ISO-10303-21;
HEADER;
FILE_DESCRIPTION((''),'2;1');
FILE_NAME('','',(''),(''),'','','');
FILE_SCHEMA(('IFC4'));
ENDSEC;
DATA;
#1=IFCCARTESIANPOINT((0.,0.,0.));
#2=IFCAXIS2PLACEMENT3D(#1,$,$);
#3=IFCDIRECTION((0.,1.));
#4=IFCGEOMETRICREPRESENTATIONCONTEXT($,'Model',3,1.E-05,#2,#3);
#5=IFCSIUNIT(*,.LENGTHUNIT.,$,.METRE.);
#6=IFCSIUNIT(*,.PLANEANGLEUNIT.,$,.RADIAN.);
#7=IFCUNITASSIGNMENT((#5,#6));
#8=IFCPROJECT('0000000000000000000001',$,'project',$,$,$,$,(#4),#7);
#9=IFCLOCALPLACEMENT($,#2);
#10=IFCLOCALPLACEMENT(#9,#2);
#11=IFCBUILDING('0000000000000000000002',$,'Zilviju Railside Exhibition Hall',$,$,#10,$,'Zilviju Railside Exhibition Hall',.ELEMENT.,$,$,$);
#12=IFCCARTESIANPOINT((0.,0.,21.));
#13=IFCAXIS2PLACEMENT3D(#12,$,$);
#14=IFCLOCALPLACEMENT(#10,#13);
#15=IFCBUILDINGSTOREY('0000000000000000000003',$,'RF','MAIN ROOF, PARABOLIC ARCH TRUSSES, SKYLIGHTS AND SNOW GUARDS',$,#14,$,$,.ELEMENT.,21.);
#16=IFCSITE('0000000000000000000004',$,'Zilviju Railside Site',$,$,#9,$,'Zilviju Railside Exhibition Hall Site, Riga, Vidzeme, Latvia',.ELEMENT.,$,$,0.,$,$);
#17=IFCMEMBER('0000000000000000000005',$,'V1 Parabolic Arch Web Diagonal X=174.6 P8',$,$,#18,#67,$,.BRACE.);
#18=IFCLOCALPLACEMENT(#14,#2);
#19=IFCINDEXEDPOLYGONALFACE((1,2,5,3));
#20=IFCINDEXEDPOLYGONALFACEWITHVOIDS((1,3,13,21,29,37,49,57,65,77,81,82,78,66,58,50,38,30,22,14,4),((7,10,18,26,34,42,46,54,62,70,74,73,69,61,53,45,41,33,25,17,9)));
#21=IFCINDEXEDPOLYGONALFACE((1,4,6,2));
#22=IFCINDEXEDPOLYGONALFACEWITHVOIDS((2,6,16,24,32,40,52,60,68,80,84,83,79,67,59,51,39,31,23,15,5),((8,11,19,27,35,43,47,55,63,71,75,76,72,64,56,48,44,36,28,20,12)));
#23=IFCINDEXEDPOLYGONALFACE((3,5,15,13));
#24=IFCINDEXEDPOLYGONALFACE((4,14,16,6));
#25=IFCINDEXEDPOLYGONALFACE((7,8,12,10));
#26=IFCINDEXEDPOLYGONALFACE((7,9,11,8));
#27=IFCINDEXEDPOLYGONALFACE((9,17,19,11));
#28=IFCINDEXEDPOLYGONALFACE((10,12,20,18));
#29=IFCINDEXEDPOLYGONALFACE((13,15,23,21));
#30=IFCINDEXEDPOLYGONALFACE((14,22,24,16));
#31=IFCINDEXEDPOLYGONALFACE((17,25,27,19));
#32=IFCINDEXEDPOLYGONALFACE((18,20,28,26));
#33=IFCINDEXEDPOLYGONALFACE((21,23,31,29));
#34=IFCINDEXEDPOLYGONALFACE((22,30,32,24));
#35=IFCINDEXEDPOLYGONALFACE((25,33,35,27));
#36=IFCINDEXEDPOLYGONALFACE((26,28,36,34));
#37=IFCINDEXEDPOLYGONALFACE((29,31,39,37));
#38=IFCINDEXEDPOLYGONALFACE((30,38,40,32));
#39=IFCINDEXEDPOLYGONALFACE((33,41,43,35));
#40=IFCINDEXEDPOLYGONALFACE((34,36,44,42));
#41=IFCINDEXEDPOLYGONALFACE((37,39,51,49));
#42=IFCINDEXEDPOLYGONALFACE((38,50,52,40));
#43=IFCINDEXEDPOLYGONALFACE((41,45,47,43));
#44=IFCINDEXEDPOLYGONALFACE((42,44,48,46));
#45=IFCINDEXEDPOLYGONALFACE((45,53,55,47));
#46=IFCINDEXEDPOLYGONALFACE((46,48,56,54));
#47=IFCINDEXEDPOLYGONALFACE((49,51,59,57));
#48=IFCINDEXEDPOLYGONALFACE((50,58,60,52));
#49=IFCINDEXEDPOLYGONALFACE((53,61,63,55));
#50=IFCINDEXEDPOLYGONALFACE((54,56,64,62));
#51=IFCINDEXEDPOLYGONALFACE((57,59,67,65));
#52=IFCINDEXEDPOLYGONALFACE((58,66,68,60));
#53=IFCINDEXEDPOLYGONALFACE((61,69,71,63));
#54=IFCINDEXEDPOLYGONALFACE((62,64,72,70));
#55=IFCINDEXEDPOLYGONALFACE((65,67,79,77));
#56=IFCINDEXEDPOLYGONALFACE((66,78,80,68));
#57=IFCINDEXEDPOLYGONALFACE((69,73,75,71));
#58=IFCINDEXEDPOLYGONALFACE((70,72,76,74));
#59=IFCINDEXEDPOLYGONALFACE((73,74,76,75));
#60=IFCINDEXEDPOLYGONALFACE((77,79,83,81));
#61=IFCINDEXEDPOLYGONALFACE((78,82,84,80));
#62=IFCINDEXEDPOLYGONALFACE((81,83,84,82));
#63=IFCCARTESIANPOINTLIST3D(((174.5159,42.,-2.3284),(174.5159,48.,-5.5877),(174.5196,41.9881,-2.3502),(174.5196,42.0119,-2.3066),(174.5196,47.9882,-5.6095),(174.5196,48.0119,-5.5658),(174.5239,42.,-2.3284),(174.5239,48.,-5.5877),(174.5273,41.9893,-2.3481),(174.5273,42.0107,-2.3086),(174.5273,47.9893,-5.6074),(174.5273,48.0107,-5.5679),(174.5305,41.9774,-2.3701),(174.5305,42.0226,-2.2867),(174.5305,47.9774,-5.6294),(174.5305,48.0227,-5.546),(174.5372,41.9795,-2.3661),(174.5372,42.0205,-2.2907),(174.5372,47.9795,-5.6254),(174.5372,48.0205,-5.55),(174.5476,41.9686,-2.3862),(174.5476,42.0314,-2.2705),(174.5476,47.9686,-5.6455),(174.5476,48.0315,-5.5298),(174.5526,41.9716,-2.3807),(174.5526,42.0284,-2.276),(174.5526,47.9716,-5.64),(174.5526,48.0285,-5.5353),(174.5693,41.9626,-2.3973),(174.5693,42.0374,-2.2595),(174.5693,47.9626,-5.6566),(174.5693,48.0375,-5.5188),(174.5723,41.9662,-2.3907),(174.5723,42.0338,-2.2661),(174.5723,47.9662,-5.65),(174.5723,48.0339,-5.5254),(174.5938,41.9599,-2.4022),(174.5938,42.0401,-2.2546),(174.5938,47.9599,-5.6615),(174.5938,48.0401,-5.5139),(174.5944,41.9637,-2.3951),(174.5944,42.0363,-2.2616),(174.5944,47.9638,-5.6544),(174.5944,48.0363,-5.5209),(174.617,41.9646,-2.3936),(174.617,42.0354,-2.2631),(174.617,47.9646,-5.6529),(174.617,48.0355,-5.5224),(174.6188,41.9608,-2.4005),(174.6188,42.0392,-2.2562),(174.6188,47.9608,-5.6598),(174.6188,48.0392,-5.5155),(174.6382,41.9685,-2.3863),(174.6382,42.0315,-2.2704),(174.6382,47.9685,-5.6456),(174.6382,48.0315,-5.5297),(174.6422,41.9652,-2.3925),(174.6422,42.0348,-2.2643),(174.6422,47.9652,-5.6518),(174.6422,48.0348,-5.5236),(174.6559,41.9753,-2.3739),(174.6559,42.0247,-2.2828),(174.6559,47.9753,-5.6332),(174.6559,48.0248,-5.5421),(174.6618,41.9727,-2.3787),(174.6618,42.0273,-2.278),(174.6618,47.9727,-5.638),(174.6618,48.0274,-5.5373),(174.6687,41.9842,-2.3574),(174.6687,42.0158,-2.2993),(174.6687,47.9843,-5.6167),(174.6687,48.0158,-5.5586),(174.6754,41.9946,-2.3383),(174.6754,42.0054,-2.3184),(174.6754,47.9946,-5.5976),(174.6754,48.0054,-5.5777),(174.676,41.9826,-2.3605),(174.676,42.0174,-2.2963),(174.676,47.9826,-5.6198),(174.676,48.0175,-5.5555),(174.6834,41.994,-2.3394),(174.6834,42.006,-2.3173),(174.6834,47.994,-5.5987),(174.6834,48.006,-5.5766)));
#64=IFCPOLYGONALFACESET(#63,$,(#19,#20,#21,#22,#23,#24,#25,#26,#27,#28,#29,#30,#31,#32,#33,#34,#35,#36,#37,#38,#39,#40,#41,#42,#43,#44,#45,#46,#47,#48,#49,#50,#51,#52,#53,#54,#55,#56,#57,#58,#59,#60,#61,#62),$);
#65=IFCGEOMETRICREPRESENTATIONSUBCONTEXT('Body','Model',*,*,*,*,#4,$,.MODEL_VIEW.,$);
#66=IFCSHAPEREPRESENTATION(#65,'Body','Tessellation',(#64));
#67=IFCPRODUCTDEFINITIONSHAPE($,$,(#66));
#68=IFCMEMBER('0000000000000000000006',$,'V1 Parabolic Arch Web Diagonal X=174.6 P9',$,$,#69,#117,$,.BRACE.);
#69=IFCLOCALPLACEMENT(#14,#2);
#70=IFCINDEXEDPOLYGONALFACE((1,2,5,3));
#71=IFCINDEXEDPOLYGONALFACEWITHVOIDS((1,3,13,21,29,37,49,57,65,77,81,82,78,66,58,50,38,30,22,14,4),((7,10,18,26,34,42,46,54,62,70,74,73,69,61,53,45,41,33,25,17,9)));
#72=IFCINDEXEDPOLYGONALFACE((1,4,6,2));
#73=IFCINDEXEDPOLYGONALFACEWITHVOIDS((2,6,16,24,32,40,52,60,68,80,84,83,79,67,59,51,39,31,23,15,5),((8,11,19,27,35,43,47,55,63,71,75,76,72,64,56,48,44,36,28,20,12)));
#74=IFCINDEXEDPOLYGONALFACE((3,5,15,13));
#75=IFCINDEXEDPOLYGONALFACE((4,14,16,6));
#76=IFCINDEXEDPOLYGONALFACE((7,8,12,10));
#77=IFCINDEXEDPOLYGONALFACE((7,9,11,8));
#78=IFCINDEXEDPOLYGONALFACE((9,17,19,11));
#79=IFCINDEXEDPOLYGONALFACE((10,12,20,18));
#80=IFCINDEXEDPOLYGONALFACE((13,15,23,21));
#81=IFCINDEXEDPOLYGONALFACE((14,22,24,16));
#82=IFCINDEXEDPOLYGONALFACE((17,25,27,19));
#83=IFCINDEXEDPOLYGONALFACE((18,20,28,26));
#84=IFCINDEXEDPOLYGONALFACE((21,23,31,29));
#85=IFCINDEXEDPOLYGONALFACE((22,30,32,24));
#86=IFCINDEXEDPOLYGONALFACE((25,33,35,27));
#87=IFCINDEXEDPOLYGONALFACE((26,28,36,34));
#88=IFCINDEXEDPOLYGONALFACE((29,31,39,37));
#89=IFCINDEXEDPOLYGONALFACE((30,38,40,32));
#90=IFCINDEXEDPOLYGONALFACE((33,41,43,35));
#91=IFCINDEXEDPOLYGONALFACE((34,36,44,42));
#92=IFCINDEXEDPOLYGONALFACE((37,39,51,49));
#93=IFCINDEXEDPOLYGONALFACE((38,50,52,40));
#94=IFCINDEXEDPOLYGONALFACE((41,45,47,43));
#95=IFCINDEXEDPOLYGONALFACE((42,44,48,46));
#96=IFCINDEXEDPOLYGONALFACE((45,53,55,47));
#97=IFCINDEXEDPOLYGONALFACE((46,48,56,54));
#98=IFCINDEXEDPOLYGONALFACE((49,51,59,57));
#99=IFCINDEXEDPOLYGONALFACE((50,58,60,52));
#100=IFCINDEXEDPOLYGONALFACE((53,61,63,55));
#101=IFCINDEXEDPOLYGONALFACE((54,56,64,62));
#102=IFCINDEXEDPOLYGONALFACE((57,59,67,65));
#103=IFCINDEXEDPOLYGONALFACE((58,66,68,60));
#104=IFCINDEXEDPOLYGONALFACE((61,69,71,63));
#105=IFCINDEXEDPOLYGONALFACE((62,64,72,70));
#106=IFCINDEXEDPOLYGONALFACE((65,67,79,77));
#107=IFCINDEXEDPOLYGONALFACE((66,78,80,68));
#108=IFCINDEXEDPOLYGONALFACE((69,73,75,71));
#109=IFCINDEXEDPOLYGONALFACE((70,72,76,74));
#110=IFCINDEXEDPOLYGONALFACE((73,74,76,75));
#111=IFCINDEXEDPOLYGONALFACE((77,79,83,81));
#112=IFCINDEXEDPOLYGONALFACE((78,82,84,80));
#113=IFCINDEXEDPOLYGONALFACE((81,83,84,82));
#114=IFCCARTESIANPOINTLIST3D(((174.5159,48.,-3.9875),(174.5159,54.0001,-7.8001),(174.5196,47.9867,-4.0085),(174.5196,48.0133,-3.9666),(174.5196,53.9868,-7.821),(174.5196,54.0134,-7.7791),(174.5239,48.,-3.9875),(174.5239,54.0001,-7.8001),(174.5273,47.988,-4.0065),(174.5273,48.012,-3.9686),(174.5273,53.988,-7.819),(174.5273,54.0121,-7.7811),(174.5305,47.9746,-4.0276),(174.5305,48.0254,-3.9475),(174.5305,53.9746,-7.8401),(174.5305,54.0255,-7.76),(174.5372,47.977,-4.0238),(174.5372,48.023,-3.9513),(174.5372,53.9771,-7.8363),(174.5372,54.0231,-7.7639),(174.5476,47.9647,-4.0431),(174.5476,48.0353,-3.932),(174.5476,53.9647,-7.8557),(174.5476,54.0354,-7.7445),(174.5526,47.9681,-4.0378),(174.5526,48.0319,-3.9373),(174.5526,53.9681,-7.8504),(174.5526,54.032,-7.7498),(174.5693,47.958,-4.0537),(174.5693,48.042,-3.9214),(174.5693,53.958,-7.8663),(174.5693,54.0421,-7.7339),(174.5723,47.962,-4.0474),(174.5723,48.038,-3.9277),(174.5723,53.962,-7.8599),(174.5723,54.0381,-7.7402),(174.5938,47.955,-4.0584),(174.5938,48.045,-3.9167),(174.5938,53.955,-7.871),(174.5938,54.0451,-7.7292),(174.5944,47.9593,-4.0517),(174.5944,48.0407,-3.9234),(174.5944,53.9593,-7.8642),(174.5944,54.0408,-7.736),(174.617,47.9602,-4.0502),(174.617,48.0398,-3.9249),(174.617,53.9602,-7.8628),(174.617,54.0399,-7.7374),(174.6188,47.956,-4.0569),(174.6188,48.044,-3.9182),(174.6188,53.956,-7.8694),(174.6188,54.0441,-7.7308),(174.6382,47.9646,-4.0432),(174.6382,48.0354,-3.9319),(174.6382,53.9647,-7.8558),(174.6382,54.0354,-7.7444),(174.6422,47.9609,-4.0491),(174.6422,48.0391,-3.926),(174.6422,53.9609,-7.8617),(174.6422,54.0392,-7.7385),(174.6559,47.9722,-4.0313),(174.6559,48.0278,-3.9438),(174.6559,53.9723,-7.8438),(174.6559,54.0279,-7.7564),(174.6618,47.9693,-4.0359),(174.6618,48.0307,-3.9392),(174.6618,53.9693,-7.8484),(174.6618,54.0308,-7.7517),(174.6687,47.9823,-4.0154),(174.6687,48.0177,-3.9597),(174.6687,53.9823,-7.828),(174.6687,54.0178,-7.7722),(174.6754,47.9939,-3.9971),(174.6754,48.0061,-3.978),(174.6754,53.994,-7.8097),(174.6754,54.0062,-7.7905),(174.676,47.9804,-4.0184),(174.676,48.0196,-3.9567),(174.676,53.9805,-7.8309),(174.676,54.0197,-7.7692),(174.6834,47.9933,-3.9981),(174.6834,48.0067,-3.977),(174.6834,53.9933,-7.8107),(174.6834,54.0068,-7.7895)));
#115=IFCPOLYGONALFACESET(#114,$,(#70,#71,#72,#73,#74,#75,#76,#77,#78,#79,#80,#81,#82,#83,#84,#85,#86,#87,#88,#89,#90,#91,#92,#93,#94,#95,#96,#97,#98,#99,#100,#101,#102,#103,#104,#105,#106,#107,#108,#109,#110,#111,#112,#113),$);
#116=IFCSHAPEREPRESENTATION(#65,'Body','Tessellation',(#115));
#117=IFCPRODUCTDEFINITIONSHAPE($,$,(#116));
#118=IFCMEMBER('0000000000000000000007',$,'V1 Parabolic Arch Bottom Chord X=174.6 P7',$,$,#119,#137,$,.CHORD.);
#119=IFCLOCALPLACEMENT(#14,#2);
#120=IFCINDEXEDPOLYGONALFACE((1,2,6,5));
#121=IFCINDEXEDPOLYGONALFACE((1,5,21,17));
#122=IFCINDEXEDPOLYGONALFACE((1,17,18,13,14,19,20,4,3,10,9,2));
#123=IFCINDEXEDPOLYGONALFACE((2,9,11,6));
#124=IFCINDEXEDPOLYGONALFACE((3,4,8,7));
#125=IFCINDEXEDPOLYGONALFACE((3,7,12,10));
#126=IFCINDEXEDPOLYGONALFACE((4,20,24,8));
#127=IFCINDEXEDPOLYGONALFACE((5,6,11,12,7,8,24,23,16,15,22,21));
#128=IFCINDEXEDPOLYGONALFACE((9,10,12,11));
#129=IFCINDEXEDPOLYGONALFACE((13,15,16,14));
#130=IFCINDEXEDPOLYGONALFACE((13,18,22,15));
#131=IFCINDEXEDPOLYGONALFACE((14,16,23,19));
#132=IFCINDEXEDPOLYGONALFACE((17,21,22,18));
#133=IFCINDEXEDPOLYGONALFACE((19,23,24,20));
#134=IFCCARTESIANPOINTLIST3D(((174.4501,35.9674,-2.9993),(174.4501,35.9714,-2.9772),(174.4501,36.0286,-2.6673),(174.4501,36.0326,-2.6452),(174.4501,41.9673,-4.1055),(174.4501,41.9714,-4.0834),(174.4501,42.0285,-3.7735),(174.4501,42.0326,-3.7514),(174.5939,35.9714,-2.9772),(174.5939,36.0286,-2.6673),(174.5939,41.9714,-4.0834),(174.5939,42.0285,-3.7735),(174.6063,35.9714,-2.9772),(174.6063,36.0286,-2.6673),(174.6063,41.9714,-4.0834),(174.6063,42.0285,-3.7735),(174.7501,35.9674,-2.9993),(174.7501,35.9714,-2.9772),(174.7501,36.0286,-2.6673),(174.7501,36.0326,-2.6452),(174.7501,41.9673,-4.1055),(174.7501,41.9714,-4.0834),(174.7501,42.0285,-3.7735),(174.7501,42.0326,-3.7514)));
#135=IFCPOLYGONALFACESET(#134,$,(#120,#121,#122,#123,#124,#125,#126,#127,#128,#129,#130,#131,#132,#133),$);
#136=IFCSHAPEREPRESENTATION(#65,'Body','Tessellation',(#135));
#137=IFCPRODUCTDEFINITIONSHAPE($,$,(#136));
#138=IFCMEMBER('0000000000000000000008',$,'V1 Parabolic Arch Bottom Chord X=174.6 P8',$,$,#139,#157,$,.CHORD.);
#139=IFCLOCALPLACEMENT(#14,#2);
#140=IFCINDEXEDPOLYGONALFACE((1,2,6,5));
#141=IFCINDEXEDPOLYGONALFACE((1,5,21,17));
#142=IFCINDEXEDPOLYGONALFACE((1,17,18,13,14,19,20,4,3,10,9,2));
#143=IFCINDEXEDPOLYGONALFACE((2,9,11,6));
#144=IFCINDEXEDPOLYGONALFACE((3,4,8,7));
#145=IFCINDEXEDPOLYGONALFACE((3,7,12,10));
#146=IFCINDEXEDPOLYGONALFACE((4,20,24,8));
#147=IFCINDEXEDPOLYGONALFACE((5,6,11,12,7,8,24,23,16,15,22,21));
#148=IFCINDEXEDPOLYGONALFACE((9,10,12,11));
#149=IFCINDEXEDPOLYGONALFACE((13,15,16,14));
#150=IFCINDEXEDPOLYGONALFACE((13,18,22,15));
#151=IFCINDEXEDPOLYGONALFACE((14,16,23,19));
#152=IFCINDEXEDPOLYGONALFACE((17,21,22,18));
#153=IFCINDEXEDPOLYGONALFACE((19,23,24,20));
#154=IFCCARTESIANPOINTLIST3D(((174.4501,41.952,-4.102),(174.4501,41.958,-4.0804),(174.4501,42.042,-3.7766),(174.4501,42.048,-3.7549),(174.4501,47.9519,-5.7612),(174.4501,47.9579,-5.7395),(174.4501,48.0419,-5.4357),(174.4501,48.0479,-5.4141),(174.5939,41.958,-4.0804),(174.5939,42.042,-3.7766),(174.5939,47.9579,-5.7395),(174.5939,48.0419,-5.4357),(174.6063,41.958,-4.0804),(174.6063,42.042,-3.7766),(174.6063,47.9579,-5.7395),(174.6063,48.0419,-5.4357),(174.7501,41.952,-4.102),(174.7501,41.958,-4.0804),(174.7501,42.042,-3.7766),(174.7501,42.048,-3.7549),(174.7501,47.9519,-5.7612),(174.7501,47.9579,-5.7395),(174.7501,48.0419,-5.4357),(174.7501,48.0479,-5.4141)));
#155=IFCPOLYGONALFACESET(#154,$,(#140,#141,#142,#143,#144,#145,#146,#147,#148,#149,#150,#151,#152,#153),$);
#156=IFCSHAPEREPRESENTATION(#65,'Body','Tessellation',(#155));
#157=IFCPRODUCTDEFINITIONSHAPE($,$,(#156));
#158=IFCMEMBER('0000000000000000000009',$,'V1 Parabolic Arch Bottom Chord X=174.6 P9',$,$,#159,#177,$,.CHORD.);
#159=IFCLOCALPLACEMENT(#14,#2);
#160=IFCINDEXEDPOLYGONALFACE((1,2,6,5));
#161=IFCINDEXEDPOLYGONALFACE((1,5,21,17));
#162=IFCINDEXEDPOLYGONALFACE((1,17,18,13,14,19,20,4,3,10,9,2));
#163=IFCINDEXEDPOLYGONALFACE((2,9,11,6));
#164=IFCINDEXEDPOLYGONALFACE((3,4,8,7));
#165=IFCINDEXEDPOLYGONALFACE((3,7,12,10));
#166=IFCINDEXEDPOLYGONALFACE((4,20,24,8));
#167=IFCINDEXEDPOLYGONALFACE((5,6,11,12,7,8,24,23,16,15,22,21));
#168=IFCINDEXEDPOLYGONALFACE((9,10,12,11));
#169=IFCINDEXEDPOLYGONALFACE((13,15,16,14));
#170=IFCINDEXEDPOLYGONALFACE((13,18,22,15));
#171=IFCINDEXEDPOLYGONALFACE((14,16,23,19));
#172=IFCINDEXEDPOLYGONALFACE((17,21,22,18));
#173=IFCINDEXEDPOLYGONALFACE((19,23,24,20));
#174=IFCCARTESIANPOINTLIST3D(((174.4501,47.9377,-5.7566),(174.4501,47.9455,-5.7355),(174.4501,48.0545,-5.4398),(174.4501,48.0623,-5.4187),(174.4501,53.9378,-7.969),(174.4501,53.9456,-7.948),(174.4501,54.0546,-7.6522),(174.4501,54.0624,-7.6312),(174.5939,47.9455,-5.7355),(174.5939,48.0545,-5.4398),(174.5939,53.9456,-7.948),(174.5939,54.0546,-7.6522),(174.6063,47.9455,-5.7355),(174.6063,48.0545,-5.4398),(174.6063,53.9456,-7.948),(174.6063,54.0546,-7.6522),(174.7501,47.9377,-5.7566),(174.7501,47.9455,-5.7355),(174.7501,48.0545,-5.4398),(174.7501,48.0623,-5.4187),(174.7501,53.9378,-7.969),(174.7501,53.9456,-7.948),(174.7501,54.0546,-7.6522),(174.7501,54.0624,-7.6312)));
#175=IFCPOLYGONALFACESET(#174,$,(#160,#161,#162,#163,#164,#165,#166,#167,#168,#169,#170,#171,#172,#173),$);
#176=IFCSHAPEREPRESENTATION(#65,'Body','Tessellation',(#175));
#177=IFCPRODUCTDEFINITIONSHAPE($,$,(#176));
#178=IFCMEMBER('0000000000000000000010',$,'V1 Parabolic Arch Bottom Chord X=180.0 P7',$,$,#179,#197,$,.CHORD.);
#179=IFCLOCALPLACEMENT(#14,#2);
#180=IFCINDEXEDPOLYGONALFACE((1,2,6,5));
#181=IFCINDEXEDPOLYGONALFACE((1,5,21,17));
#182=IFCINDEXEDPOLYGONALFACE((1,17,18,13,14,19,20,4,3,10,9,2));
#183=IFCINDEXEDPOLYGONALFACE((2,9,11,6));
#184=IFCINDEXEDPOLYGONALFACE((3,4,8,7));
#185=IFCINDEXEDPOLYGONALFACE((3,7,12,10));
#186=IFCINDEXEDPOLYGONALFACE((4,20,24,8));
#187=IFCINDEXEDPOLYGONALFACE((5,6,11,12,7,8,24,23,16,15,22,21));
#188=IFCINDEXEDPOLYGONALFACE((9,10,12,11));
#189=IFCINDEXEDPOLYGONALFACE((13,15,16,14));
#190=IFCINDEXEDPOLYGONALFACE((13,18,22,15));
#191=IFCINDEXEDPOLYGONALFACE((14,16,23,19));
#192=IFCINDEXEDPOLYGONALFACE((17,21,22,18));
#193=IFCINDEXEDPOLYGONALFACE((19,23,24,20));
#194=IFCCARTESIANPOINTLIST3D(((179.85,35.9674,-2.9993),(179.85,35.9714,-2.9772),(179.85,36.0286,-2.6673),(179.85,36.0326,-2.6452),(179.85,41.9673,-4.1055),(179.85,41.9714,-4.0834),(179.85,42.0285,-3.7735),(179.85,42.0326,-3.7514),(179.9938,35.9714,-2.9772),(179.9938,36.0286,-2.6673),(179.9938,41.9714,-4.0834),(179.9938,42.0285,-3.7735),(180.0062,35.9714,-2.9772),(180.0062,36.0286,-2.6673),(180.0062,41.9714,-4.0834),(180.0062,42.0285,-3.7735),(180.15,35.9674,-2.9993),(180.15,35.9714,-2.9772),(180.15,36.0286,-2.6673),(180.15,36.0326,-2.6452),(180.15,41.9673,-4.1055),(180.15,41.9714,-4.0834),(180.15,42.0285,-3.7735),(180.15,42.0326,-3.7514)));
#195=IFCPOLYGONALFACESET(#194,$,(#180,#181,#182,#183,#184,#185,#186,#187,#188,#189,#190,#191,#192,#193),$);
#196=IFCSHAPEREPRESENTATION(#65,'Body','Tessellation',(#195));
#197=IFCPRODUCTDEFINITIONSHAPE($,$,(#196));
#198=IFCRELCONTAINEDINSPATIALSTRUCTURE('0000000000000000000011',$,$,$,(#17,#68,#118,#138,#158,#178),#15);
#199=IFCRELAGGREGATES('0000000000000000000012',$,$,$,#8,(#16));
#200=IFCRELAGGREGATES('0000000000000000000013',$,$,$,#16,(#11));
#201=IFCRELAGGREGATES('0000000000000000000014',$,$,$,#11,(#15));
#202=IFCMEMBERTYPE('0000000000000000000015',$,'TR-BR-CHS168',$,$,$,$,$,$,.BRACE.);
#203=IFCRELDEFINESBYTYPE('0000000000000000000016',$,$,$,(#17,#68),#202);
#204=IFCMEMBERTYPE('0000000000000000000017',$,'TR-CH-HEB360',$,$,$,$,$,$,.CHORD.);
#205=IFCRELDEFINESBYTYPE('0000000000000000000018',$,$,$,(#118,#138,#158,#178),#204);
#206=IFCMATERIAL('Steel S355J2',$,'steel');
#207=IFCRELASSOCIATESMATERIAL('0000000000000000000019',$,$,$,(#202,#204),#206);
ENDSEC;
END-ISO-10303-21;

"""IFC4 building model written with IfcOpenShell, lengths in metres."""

from ifc_helpers import new_model, si_unit, direction, frame, origin, origin_2d, place, context, subcontext, project, spatial, hollow_circle, i_section, extrude, material, material_profile, profile_set, type_object, element, save


model = new_model("IFC4")

# Units and contexts
model_context = context("Model", 3, precision=1e-05, world=origin(), true_north=direction((0.0, 1.0)))
body_context = subcontext(model_context, "Body", "Model", "MODEL_VIEW")
ifc_project = project(units=[si_unit("LENGTHUNIT", "METRE"), si_unit("PLANEANGLEUNIT", "RADIAN")], contexts=[model_context])

# Site, building, storey
site_placement = place(None, origin())
site = spatial("IfcSite", under=ifc_project, at=site_placement, Name="Zilviju Railside Site", LongName="Zilviju Railside Exhibition Hall Site, Riga, Vidzeme, Latvia", CompositionType="ELEMENT", RefElevation=0.0)
building_placement = place(site_placement, origin())
building = spatial("IfcBuilding", under=site, at=building_placement, Name="Zilviju Railside Exhibition Hall", LongName="Zilviju Railside Exhibition Hall", CompositionType="ELEMENT")
storey_placement = place(building_placement, frame((0.0, 0.0, 21.0)))
storey = spatial("IfcBuildingStorey", under=building, at=storey_placement, Name="RF", Description="MAIN ROOF, PARABOLIC ARCH TRUSSES, SKYLIGHTS AND SNOW GUARDS", CompositionType="ELEMENT", Elevation=21.0)

# Members
ifc_material_1 = material(Name="Steel S355J2", Category="steel")
ifc_material_profile_1 = material_profile(ifc_material_1, hollow_circle(Radius=0.0842, WallThickness=0.0081, at=origin_2d()), Name="CHS 168.3x8.0")
ifc_profile_set_1 = profile_set([ifc_material_profile_1], Name="Steel S355J2")
member_type_1 = type_object("IfcMemberType", Name="TR-BR-CHS168", PredefinedType="BRACE", material=ifc_profile_set_1)
member_1_placement = place(storey_placement, frame((174.6001, 42.0, -2.3284), z_axis=(0.0, 0.878722, -0.477333), x_axis=(-1.0, 0.0, 0.0)))
element("IfcMember", 1, at=member_1_placement, inside=storey, type_object=member_type_1, Name="V1 Parabolic Arch Web Diagonal X=174.6 P8", PredefinedType="BRACE", context=body_context, shape_type="SweptSolid", body=[
    extrude(hollow_circle(Radius=0.0842, WallThickness=0.0081, at=origin_2d()), origin(), (0.0, 0.0, 1.0), 6.8281),
])
member_2_placement = place(storey_placement, frame((174.6001, 48.0, -3.9875), z_axis=(0.0, 0.844023, -0.536306), x_axis=(-1.0, 0.0, 0.0)))
element("IfcMember", 2, at=member_2_placement, inside=storey, type_object=member_type_1, Name="V1 Parabolic Arch Web Diagonal X=174.6 P9", PredefinedType="BRACE", context=body_context, shape_type="SweptSolid", body=[
    extrude(hollow_circle(Radius=0.0842, WallThickness=0.0081, at=origin_2d()), origin(), (0.0, 0.0, 1.0), 7.1089),
])
ifc_material_profile_2 = material_profile(ifc_material_1, i_section(OverallWidth=0.3, OverallDepth=0.3601, WebThickness=0.0125, FlangeThickness=0.0225, at=origin_2d()), Name="HEB 360")
ifc_profile_set_2 = profile_set([ifc_material_profile_2], Name="Steel S355J2")
member_type_2 = type_object("IfcMemberType", Name="TR-CH-HEB360", PredefinedType="CHORD", material=ifc_profile_set_2)
member_3_placement = place(storey_placement, frame((174.6001, 36.0, -2.8223), z_axis=(0.0, 0.983426, -0.181311), x_axis=(-1.0, 0.0, 0.0)))
element("IfcMember", 3, at=member_3_placement, inside=storey, type_object=member_type_2, Name="V1 Parabolic Arch Bottom Chord X=174.6 P7", PredefinedType="CHORD", context=body_context, shape_type="SweptSolid", body=[
    extrude(i_section(OverallWidth=0.3, OverallDepth=0.3601, WebThickness=0.0125, FlangeThickness=0.0225, at=origin_2d()), origin(), (0.0, 0.0, 1.0), 6.1011),
])
member_4_placement = place(storey_placement, frame((174.6001, 42.0, -3.9285), z_axis=(0.0, 0.963827, -0.266527), x_axis=(-1.0, 0.0, 0.0)))
element("IfcMember", 4, at=member_4_placement, inside=storey, type_object=member_type_2, Name="V1 Parabolic Arch Bottom Chord X=174.6 P8", PredefinedType="CHORD", context=body_context, shape_type="SweptSolid", body=[
    extrude(i_section(OverallWidth=0.3, OverallDepth=0.3601, WebThickness=0.0125, FlangeThickness=0.0225, at=origin_2d()), origin(), (0.0, 0.0, 1.0), 6.2251),
])
member_5_placement = place(storey_placement, frame((174.6001, 48.0, -5.5876), z_axis=(0.0, 0.938248, -0.345964), x_axis=(-1.0, 0.0, 0.0)))
element("IfcMember", 5, at=member_5_placement, inside=storey, type_object=member_type_2, Name="V1 Parabolic Arch Bottom Chord X=174.6 P9", PredefinedType="CHORD", context=body_context, shape_type="SweptSolid", body=[
    extrude(i_section(OverallWidth=0.3, OverallDepth=0.3601, WebThickness=0.0125, FlangeThickness=0.0225, at=origin_2d()), origin(), (0.0, 0.0, 1.0), 6.395),
])
member_6_placement = place(storey_placement, frame((180.0, 36.0, -2.8223), z_axis=(0.0, 0.983426, -0.181311), x_axis=(-1.0, 0.0, 0.0)))
element("IfcMember", 6, at=member_6_placement, inside=storey, type_object=member_type_2, Name="V1 Parabolic Arch Bottom Chord X=180.0 P7", PredefinedType="CHORD", context=body_context, shape_type="SweptSolid", body=[
    extrude(i_section(OverallWidth=0.3, OverallDepth=0.3601, WebThickness=0.0125, FlangeThickness=0.0225, at=origin_2d()), origin(), (0.0, 0.0, 1.0), 6.1011),
])

save(model, "model.ifc")
